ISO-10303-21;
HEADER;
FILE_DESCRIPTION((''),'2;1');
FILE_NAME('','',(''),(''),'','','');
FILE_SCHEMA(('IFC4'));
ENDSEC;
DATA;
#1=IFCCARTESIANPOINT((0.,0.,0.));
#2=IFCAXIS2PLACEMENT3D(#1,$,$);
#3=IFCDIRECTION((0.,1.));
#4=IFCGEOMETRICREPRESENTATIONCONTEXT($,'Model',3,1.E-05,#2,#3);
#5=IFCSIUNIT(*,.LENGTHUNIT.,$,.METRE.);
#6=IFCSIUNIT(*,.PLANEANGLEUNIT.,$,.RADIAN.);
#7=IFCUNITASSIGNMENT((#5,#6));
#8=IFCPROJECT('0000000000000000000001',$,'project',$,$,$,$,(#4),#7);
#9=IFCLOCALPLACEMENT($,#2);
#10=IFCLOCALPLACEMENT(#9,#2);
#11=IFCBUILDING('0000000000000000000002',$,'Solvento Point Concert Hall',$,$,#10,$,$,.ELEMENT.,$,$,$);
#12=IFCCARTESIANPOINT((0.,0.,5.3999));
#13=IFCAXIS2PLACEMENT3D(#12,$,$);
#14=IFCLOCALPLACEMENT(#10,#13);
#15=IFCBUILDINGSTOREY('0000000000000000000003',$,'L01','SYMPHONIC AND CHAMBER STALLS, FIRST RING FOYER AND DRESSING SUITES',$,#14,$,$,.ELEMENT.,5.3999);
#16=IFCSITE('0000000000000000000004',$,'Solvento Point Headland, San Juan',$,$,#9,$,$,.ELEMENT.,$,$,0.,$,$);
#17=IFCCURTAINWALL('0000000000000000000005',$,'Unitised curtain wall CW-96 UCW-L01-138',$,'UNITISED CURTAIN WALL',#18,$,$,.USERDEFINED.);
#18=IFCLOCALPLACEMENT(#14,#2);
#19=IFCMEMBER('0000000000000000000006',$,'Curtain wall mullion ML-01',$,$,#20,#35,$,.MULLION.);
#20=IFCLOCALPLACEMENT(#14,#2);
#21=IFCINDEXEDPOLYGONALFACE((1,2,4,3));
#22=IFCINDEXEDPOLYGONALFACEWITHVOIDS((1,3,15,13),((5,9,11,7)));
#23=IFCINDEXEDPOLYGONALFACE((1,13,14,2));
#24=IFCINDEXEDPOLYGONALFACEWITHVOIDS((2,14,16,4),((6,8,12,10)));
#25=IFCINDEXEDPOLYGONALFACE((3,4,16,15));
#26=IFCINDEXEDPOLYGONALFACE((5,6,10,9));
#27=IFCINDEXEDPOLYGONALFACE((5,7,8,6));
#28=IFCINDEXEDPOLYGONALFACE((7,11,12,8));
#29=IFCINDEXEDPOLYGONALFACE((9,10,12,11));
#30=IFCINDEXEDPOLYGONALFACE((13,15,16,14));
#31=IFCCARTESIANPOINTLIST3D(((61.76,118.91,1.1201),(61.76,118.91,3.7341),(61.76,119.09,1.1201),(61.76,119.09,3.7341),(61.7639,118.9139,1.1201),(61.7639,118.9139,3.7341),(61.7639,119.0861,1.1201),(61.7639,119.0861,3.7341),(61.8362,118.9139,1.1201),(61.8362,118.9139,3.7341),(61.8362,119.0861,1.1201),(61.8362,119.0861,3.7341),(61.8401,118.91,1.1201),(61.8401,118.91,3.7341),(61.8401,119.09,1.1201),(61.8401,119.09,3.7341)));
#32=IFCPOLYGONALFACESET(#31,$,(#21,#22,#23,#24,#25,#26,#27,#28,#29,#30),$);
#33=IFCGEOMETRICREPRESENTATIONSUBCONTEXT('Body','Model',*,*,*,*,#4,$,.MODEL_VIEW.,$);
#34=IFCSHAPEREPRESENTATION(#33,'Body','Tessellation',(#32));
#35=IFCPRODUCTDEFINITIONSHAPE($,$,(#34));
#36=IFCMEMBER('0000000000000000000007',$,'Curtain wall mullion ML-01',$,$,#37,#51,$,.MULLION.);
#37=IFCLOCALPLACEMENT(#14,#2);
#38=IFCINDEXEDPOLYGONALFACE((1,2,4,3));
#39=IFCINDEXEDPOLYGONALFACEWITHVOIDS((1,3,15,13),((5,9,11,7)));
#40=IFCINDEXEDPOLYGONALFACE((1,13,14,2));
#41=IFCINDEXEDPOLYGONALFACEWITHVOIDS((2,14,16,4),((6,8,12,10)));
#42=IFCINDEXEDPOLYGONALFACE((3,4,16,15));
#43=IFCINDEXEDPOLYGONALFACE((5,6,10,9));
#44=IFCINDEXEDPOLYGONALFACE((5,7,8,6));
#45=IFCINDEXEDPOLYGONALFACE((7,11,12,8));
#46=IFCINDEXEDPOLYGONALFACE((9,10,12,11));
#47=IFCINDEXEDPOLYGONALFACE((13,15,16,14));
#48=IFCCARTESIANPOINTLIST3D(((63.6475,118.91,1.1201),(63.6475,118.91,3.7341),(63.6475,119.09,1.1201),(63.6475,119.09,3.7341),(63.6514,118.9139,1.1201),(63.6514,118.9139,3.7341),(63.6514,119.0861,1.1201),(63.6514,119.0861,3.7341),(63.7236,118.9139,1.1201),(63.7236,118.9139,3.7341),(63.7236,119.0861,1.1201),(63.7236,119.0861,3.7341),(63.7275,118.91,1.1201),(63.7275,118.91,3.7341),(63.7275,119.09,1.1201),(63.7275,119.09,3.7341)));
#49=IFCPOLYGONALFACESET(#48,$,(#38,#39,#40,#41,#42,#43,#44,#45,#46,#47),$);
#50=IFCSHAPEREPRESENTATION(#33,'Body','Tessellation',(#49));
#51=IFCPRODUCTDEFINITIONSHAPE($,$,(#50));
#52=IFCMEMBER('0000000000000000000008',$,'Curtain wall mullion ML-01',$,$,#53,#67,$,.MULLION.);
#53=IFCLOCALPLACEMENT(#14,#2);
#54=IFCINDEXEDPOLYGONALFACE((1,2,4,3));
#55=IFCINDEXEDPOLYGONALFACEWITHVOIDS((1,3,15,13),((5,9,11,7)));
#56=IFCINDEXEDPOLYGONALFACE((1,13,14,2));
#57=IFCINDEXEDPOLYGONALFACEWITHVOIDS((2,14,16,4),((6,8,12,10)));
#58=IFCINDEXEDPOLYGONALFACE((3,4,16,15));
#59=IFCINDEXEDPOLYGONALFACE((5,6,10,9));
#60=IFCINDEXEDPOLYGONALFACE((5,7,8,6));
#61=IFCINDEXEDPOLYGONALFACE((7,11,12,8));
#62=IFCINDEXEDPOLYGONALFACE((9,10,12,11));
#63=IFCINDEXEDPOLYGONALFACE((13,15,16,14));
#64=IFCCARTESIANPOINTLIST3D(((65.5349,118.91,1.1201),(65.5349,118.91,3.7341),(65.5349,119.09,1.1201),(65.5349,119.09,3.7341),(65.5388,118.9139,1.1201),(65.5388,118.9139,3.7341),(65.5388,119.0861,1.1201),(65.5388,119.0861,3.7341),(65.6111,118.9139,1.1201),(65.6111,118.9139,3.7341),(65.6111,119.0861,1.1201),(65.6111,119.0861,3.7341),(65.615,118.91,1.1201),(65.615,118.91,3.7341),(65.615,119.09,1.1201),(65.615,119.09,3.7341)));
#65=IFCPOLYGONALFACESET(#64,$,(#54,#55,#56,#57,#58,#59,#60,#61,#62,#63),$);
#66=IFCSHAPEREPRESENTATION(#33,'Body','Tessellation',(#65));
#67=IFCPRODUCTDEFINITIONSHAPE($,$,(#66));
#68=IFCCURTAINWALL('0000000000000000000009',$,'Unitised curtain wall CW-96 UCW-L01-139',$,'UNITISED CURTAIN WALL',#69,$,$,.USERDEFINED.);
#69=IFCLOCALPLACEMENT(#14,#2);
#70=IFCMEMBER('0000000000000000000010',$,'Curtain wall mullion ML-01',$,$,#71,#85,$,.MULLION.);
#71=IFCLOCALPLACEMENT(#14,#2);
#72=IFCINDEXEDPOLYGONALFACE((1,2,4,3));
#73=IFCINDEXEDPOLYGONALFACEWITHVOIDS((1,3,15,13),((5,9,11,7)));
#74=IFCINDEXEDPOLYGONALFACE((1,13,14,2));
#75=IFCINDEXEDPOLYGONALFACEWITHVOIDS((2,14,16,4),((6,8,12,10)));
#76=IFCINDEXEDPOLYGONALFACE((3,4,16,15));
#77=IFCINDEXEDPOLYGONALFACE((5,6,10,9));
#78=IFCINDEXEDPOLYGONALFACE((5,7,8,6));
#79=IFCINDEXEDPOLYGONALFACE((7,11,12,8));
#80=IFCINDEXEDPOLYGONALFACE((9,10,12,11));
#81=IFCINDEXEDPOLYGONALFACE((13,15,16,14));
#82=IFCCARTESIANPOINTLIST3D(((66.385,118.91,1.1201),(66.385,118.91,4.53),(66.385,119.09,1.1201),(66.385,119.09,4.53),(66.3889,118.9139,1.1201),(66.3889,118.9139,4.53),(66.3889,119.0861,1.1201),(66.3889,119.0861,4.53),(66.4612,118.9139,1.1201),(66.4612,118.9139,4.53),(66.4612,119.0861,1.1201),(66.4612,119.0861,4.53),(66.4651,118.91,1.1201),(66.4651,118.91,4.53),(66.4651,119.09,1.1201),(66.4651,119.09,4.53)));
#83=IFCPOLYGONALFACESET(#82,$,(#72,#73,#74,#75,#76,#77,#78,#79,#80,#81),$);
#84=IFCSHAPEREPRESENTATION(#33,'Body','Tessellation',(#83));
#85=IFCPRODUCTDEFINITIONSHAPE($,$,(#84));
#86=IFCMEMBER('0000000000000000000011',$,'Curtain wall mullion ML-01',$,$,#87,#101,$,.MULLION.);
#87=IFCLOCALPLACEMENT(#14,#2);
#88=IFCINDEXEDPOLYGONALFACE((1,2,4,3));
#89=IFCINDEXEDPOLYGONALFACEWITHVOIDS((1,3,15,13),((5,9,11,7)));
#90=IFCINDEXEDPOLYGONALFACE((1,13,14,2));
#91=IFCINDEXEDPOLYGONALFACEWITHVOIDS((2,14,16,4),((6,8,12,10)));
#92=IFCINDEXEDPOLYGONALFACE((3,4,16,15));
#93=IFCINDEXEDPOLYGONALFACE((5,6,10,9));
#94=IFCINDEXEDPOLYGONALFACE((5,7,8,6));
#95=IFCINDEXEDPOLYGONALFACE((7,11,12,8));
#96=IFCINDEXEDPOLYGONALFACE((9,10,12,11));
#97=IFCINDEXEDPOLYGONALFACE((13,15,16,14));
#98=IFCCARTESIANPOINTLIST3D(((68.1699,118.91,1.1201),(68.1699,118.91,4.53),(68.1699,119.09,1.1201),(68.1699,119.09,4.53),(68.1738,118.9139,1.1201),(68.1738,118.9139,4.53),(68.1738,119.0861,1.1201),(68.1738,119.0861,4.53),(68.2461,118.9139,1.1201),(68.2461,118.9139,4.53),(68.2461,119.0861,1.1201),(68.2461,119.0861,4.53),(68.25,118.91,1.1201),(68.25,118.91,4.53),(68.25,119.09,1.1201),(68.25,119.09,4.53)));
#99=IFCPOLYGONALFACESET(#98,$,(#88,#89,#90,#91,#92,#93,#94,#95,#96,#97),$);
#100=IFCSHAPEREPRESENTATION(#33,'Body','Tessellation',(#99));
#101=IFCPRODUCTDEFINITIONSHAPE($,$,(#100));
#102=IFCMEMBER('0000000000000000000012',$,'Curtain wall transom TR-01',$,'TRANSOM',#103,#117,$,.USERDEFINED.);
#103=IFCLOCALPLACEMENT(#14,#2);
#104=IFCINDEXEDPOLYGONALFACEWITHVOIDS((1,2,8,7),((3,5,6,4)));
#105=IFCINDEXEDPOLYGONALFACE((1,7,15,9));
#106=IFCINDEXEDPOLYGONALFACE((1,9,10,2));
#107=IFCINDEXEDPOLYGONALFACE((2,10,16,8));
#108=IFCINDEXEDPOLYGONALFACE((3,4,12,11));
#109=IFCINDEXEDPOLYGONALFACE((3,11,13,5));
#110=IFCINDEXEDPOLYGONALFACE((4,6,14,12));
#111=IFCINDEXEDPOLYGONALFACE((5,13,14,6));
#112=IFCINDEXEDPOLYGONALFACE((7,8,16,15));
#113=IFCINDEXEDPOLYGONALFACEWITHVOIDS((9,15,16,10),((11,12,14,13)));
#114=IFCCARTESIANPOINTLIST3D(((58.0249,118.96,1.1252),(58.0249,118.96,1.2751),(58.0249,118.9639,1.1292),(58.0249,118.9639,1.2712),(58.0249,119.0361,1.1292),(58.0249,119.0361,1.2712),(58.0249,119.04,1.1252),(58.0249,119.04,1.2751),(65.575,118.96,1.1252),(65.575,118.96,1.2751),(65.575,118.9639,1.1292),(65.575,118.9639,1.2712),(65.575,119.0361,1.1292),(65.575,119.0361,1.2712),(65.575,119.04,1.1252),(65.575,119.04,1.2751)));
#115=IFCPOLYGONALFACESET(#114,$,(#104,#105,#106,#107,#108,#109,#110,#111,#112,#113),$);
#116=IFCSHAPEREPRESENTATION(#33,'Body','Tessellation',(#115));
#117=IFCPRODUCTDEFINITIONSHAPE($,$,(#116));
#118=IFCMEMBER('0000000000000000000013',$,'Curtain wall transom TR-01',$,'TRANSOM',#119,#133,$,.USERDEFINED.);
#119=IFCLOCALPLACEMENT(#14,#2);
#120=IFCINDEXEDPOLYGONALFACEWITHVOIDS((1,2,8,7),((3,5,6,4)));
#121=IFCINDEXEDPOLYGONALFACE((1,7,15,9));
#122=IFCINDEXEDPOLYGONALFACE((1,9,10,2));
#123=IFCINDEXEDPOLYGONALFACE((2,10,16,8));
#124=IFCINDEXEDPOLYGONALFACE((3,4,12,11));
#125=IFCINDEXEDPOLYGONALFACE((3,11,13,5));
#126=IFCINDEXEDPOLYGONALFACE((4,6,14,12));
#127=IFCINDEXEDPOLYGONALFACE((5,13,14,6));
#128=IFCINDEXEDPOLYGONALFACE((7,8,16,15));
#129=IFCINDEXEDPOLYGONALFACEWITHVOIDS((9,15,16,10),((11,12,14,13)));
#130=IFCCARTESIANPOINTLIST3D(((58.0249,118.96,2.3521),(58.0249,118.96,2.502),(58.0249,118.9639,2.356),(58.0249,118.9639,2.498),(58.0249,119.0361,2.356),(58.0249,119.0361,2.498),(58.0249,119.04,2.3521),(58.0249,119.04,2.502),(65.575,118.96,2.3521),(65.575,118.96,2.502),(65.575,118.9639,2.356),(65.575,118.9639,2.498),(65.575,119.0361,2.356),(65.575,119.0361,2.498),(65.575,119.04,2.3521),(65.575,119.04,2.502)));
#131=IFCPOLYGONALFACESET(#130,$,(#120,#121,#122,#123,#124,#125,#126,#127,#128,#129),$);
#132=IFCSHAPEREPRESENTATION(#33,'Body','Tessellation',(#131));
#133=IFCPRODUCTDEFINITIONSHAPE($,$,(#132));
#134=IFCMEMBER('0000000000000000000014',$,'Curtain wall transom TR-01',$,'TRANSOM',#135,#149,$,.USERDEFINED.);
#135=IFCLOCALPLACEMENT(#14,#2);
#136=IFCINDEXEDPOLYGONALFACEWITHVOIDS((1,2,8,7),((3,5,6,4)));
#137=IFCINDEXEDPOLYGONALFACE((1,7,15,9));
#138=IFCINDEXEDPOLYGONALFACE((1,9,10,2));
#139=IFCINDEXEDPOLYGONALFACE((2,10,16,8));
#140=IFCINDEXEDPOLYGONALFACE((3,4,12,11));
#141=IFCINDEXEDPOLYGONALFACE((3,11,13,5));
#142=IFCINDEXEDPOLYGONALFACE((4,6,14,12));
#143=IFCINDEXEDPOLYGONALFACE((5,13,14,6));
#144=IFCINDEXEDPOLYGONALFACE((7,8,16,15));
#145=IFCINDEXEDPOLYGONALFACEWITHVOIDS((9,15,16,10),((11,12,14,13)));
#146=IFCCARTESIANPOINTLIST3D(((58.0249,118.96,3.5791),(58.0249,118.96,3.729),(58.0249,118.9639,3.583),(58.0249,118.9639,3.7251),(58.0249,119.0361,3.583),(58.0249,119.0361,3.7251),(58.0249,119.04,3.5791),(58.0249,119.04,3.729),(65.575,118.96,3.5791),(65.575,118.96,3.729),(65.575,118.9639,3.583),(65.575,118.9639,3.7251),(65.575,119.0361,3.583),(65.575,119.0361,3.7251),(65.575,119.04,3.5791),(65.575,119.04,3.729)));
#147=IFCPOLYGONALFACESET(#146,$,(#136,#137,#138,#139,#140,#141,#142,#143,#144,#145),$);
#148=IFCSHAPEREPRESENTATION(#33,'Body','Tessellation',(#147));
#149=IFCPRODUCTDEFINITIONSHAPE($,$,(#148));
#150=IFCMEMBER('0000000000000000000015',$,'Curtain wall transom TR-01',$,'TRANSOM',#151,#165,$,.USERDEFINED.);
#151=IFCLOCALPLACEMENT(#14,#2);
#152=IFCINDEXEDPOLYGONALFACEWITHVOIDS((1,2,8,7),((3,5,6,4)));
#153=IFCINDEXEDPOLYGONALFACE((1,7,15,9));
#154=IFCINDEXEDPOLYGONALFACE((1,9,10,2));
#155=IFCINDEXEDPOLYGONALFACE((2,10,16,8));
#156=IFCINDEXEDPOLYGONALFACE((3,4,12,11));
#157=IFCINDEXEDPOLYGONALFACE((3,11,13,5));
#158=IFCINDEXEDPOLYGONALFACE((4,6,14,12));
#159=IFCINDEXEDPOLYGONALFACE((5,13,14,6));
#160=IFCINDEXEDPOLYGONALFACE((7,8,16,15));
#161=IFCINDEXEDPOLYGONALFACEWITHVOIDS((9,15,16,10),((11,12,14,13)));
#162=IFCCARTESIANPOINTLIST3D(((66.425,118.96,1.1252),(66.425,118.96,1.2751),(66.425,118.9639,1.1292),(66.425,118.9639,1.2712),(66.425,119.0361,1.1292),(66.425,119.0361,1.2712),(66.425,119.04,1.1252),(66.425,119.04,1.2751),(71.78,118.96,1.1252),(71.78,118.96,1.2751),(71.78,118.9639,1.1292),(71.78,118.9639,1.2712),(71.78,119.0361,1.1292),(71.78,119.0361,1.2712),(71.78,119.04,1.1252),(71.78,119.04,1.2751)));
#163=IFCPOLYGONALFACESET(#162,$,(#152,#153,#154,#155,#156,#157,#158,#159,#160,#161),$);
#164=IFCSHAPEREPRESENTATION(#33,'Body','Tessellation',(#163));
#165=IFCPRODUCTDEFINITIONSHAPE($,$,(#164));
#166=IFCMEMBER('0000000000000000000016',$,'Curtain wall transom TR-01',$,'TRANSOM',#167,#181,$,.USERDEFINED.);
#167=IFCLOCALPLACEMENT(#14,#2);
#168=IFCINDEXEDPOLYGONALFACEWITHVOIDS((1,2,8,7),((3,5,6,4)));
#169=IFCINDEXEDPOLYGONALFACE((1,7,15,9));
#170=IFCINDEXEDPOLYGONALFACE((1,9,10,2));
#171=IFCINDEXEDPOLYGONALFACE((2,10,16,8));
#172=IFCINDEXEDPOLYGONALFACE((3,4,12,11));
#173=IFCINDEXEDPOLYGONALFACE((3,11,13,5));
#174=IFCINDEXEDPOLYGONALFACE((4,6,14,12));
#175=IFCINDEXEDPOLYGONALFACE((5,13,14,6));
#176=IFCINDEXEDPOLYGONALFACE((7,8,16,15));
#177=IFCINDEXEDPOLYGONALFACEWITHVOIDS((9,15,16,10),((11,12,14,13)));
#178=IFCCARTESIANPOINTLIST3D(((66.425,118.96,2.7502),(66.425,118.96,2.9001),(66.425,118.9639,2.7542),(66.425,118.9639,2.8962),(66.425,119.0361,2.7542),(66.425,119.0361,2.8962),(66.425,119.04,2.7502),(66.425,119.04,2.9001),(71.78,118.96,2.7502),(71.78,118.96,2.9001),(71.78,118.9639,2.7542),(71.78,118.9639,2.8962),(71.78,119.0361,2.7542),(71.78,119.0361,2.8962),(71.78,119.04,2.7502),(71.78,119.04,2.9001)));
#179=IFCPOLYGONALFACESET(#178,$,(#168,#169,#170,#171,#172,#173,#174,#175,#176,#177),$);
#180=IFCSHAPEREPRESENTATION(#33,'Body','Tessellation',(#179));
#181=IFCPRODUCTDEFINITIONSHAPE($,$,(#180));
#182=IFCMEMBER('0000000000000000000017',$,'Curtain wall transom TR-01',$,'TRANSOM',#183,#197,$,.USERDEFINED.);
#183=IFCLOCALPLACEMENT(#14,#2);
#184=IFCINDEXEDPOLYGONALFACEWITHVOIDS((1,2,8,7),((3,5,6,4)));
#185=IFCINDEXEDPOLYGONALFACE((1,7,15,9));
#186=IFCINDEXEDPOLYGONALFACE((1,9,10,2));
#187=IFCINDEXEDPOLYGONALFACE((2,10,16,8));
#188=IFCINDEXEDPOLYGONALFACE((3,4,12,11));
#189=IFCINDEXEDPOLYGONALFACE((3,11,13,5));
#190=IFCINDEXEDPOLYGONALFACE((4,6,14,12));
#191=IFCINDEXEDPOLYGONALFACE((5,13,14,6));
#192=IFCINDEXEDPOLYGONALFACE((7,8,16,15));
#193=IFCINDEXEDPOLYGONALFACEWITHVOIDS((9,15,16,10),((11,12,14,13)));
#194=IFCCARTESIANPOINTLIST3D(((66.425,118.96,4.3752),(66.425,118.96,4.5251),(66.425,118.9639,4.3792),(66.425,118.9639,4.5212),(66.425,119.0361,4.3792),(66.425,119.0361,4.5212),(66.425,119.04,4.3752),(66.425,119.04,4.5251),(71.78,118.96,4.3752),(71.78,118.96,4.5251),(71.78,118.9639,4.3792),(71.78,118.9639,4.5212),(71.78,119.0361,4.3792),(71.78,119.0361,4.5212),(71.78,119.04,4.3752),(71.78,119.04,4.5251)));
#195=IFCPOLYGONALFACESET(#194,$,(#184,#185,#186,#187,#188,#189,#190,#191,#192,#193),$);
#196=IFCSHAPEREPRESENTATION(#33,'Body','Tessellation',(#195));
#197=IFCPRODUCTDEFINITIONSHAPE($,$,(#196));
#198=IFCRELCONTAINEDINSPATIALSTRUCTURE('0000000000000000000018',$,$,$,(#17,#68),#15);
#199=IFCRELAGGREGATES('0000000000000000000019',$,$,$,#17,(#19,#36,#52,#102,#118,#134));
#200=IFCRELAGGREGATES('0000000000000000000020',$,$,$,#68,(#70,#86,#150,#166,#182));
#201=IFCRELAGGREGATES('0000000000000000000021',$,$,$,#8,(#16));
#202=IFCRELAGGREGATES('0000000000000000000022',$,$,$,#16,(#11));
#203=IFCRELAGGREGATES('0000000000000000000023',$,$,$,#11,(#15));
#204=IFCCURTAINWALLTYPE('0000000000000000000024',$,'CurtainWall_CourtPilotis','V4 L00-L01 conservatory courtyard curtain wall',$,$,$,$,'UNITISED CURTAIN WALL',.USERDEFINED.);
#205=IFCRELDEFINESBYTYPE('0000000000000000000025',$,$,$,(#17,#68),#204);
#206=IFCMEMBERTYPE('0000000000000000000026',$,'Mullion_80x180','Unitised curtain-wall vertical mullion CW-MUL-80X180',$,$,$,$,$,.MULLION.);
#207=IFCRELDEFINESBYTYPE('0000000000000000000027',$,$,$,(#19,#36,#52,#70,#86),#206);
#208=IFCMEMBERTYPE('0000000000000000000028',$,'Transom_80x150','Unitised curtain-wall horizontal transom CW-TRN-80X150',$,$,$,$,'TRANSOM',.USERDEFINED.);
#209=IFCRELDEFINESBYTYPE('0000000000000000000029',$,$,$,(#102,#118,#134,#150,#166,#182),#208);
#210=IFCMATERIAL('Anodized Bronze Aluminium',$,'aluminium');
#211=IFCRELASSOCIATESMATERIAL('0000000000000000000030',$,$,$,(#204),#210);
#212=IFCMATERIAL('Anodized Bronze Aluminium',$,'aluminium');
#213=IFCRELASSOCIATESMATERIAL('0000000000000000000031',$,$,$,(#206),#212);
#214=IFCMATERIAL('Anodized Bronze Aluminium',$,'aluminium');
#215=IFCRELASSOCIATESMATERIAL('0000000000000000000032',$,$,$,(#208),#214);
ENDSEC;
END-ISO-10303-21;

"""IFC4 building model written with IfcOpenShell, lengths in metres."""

from ifc_helpers import new_model, si_unit, direction, frame, origin, origin_2d, place, context, subcontext, project, spatial, hollow_rectangle, extrude, material, material_profile, profile_set, type_object, element, aggregate, save


model = new_model("IFC4")

# Units and contexts
model_context = context("Model", 3, precision=1e-05, world=origin(), true_north=direction((0.0, 1.0)))
body_context = subcontext(model_context, "Body", "Model", "MODEL_VIEW")
ifc_project = project(units=[si_unit("LENGTHUNIT", "METRE"), si_unit("PLANEANGLEUNIT", "RADIAN")], contexts=[model_context])

# Site, building, storey
site_placement = place(None, origin())
site = spatial("IfcSite", under=ifc_project, at=site_placement, Name="Solvento Point Headland, San Juan", CompositionType="ELEMENT", RefElevation=0.0)
building_placement = place(site_placement, origin())
building = spatial("IfcBuilding", under=site, at=building_placement, Name="Solvento Point Concert Hall", CompositionType="ELEMENT")
storey_placement = place(building_placement, frame((0.0, 0.0, 5.3999)))
storey = spatial("IfcBuildingStorey", under=building, at=storey_placement, Name="L01", Description="SYMPHONIC AND CHAMBER STALLS, FIRST RING FOYER AND DRESSING SUITES", CompositionType="ELEMENT", Elevation=5.3999)

# Curtain walls, members
ifc_material_1 = material(Name="Anodized Bronze Aluminium", Category="aluminium")
curtain_wall_type = type_object("IfcCurtainWallType", Name="CurtainWall_CourtPilotis", Description="V4 L00-L01 conservatory courtyard curtain wall", ElementType="UNITISED CURTAIN WALL", PredefinedType="USERDEFINED", material=ifc_material_1)
curtain_wall_1_placement = place(storey_placement, origin())
curtain_wall_1 = element("IfcCurtainWall", 1, at=curtain_wall_1_placement, inside=storey, type_object=curtain_wall_type, Name="Unitised curtain wall CW-96 UCW-L01-138", ObjectType="UNITISED CURTAIN WALL", PredefinedType="USERDEFINED")
ifc_material_2 = material(Name="Anodized Bronze Aluminium", Category="aluminium")
ifc_material_profile_1 = material_profile(ifc_material_2, hollow_rectangle(XDim=0.0801, YDim=0.1799, WallThickness=0.0039, at=origin_2d()), Name="CW-MUL-80X180")
ifc_profile_set_1 = profile_set([ifc_material_profile_1], Name="Anodized Bronze Aluminium")
member_type_1 = type_object("IfcMemberType", Name="Mullion_80x180", Description="Unitised curtain-wall vertical mullion CW-MUL-80X180", PredefinedType="MULLION", material=ifc_profile_set_1)
member_1_placement = place(storey_placement, frame((61.8, 119.0, 1.1201), z_axis=(0.0, 0.0, 1.0), x_axis=(1.0, 0.0, 0.0)))
member_1 = element("IfcMember", 2, at=member_1_placement, type_object=member_type_1, Name="Curtain wall mullion ML-01", PredefinedType="MULLION", context=body_context, shape_type="SweptSolid", body=[
    extrude(hollow_rectangle(XDim=0.0801, YDim=0.1799, WallThickness=0.0039, at=origin_2d()), origin(), (0.0, 0.0, 1.0), 2.614),
])
member_2_placement = place(storey_placement, frame((63.6875, 119.0, 1.1201), z_axis=(0.0, 0.0, 1.0), x_axis=(1.0, 0.0, 0.0)))
member_2 = element("IfcMember", 3, at=member_2_placement, type_object=member_type_1, Name="Curtain wall mullion ML-01", PredefinedType="MULLION", context=body_context, shape_type="SweptSolid", body=[
    extrude(hollow_rectangle(XDim=0.0801, YDim=0.1799, WallThickness=0.0039, at=origin_2d()), origin(), (0.0, 0.0, 1.0), 2.614),
])
member_3_placement = place(storey_placement, frame((65.575, 119.0, 1.1201), z_axis=(0.0, 0.0, 1.0), x_axis=(1.0, 0.0, 0.0)))
member_3 = element("IfcMember", 4, at=member_3_placement, type_object=member_type_1, Name="Curtain wall mullion ML-01", PredefinedType="MULLION", context=body_context, shape_type="SweptSolid", body=[
    extrude(hollow_rectangle(XDim=0.0801, YDim=0.1799, WallThickness=0.0039, at=origin_2d()), origin(), (0.0, 0.0, 1.0), 2.614),
])
curtain_wall_2_placement = place(storey_placement, origin())
curtain_wall_2 = element("IfcCurtainWall", 5, at=curtain_wall_2_placement, inside=storey, type_object=curtain_wall_type, Name="Unitised curtain wall CW-96 UCW-L01-139", ObjectType="UNITISED CURTAIN WALL", PredefinedType="USERDEFINED")
member_4_placement = place(storey_placement, frame((66.425, 119.0, 1.1201), z_axis=(0.0, 0.0, 1.0), x_axis=(1.0, 0.0, 0.0)))
member_4 = element("IfcMember", 6, at=member_4_placement, type_object=member_type_1, Name="Curtain wall mullion ML-01", PredefinedType="MULLION", context=body_context, shape_type="SweptSolid", body=[
    extrude(hollow_rectangle(XDim=0.0801, YDim=0.1799, WallThickness=0.0039, at=origin_2d()), origin(), (0.0, 0.0, 1.0), 3.4099),
])
member_5_placement = place(storey_placement, frame((68.21, 119.0, 1.1201), z_axis=(0.0, 0.0, 1.0), x_axis=(1.0, 0.0, 0.0)))
member_5 = element("IfcMember", 7, at=member_5_placement, type_object=member_type_1, Name="Curtain wall mullion ML-01", PredefinedType="MULLION", context=body_context, shape_type="SweptSolid", body=[
    extrude(hollow_rectangle(XDim=0.0801, YDim=0.1799, WallThickness=0.0039, at=origin_2d()), origin(), (0.0, 0.0, 1.0), 3.4099),
])

# Members
ifc_material_3 = material(Name="Anodized Bronze Aluminium", Category="aluminium")
ifc_material_profile_2 = material_profile(ifc_material_3, hollow_rectangle(XDim=0.0801, YDim=0.1499, WallThickness=0.0039, at=origin_2d()), Name="CW-TRN-80X150")
ifc_profile_set_2 = profile_set([ifc_material_profile_2], Name="Anodized Bronze Aluminium")
member_type_2 = type_object("IfcMemberType", Name="Transom_80x150", Description="Unitised curtain-wall horizontal transom CW-TRN-80X150", ElementType="TRANSOM", PredefinedType="USERDEFINED", material=ifc_profile_set_2)
member_6_placement = place(storey_placement, frame((58.0249, 119.0, 1.2002), z_axis=(1.0, 0.0, 0.0), x_axis=(0.0, 1.0, 0.0)))
member_6 = element("IfcMember", 8, at=member_6_placement, type_object=member_type_2, Name="Curtain wall transom TR-01", ObjectType="TRANSOM", PredefinedType="USERDEFINED", context=body_context, shape_type="SweptSolid", body=[
    extrude(hollow_rectangle(XDim=0.0801, YDim=0.1499, WallThickness=0.0039, at=origin_2d()), origin(), (0.0, 0.0, 1.0), 7.55),
])
member_7_placement = place(storey_placement, frame((58.0249, 119.0, 2.427), z_axis=(1.0, 0.0, 0.0), x_axis=(0.0, 1.0, 0.0)))
member_7 = element("IfcMember", 9, at=member_7_placement, type_object=member_type_2, Name="Curtain wall transom TR-01", ObjectType="TRANSOM", PredefinedType="USERDEFINED", context=body_context, shape_type="SweptSolid", body=[
    extrude(hollow_rectangle(XDim=0.0801, YDim=0.1499, WallThickness=0.0039, at=origin_2d()), origin(), (0.0, 0.0, 1.0), 7.55),
])
member_8_placement = place(storey_placement, frame((58.0249, 119.0, 3.6541), z_axis=(1.0, 0.0, 0.0), x_axis=(0.0, 1.0, 0.0)))
member_8 = element("IfcMember", 10, at=member_8_placement, type_object=member_type_2, Name="Curtain wall transom TR-01", ObjectType="TRANSOM", PredefinedType="USERDEFINED", context=body_context, shape_type="SweptSolid", body=[
    extrude(hollow_rectangle(XDim=0.0801, YDim=0.1499, WallThickness=0.0039, at=origin_2d()), origin(), (0.0, 0.0, 1.0), 7.55),
])
member_9_placement = place(storey_placement, frame((66.425, 119.0, 1.2002), z_axis=(1.0, 0.0, 0.0), x_axis=(0.0, 1.0, 0.0)))
member_9 = element("IfcMember", 11, at=member_9_placement, type_object=member_type_2, Name="Curtain wall transom TR-01", ObjectType="TRANSOM", PredefinedType="USERDEFINED", context=body_context, shape_type="SweptSolid", body=[
    extrude(hollow_rectangle(XDim=0.0801, YDim=0.1499, WallThickness=0.0039, at=origin_2d()), origin(), (0.0, 0.0, 1.0), 5.355),
])
member_10_placement = place(storey_placement, frame((66.425, 119.0, 2.8252), z_axis=(1.0, 0.0, 0.0), x_axis=(0.0, 1.0, 0.0)))
member_10 = element("IfcMember", 12, at=member_10_placement, type_object=member_type_2, Name="Curtain wall transom TR-01", ObjectType="TRANSOM", PredefinedType="USERDEFINED", context=body_context, shape_type="SweptSolid", body=[
    extrude(hollow_rectangle(XDim=0.0801, YDim=0.1499, WallThickness=0.0039, at=origin_2d()), origin(), (0.0, 0.0, 1.0), 5.355),
])
member_11_placement = place(storey_placement, frame((66.425, 119.0, 4.4502), z_axis=(1.0, 0.0, 0.0), x_axis=(0.0, 1.0, 0.0)))
member_11 = element("IfcMember", 13, at=member_11_placement, type_object=member_type_2, Name="Curtain wall transom TR-01", ObjectType="TRANSOM", PredefinedType="USERDEFINED", context=body_context, shape_type="SweptSolid", body=[
    extrude(hollow_rectangle(XDim=0.0801, YDim=0.1499, WallThickness=0.0039, at=origin_2d()), origin(), (0.0, 0.0, 1.0), 5.355),
])

aggregate(curtain_wall_1, [member_1, member_2, member_3, member_6, member_7, member_8])
aggregate(curtain_wall_2, [member_4, member_5, member_9, member_10, member_11])

save(model, "model.ifc")
